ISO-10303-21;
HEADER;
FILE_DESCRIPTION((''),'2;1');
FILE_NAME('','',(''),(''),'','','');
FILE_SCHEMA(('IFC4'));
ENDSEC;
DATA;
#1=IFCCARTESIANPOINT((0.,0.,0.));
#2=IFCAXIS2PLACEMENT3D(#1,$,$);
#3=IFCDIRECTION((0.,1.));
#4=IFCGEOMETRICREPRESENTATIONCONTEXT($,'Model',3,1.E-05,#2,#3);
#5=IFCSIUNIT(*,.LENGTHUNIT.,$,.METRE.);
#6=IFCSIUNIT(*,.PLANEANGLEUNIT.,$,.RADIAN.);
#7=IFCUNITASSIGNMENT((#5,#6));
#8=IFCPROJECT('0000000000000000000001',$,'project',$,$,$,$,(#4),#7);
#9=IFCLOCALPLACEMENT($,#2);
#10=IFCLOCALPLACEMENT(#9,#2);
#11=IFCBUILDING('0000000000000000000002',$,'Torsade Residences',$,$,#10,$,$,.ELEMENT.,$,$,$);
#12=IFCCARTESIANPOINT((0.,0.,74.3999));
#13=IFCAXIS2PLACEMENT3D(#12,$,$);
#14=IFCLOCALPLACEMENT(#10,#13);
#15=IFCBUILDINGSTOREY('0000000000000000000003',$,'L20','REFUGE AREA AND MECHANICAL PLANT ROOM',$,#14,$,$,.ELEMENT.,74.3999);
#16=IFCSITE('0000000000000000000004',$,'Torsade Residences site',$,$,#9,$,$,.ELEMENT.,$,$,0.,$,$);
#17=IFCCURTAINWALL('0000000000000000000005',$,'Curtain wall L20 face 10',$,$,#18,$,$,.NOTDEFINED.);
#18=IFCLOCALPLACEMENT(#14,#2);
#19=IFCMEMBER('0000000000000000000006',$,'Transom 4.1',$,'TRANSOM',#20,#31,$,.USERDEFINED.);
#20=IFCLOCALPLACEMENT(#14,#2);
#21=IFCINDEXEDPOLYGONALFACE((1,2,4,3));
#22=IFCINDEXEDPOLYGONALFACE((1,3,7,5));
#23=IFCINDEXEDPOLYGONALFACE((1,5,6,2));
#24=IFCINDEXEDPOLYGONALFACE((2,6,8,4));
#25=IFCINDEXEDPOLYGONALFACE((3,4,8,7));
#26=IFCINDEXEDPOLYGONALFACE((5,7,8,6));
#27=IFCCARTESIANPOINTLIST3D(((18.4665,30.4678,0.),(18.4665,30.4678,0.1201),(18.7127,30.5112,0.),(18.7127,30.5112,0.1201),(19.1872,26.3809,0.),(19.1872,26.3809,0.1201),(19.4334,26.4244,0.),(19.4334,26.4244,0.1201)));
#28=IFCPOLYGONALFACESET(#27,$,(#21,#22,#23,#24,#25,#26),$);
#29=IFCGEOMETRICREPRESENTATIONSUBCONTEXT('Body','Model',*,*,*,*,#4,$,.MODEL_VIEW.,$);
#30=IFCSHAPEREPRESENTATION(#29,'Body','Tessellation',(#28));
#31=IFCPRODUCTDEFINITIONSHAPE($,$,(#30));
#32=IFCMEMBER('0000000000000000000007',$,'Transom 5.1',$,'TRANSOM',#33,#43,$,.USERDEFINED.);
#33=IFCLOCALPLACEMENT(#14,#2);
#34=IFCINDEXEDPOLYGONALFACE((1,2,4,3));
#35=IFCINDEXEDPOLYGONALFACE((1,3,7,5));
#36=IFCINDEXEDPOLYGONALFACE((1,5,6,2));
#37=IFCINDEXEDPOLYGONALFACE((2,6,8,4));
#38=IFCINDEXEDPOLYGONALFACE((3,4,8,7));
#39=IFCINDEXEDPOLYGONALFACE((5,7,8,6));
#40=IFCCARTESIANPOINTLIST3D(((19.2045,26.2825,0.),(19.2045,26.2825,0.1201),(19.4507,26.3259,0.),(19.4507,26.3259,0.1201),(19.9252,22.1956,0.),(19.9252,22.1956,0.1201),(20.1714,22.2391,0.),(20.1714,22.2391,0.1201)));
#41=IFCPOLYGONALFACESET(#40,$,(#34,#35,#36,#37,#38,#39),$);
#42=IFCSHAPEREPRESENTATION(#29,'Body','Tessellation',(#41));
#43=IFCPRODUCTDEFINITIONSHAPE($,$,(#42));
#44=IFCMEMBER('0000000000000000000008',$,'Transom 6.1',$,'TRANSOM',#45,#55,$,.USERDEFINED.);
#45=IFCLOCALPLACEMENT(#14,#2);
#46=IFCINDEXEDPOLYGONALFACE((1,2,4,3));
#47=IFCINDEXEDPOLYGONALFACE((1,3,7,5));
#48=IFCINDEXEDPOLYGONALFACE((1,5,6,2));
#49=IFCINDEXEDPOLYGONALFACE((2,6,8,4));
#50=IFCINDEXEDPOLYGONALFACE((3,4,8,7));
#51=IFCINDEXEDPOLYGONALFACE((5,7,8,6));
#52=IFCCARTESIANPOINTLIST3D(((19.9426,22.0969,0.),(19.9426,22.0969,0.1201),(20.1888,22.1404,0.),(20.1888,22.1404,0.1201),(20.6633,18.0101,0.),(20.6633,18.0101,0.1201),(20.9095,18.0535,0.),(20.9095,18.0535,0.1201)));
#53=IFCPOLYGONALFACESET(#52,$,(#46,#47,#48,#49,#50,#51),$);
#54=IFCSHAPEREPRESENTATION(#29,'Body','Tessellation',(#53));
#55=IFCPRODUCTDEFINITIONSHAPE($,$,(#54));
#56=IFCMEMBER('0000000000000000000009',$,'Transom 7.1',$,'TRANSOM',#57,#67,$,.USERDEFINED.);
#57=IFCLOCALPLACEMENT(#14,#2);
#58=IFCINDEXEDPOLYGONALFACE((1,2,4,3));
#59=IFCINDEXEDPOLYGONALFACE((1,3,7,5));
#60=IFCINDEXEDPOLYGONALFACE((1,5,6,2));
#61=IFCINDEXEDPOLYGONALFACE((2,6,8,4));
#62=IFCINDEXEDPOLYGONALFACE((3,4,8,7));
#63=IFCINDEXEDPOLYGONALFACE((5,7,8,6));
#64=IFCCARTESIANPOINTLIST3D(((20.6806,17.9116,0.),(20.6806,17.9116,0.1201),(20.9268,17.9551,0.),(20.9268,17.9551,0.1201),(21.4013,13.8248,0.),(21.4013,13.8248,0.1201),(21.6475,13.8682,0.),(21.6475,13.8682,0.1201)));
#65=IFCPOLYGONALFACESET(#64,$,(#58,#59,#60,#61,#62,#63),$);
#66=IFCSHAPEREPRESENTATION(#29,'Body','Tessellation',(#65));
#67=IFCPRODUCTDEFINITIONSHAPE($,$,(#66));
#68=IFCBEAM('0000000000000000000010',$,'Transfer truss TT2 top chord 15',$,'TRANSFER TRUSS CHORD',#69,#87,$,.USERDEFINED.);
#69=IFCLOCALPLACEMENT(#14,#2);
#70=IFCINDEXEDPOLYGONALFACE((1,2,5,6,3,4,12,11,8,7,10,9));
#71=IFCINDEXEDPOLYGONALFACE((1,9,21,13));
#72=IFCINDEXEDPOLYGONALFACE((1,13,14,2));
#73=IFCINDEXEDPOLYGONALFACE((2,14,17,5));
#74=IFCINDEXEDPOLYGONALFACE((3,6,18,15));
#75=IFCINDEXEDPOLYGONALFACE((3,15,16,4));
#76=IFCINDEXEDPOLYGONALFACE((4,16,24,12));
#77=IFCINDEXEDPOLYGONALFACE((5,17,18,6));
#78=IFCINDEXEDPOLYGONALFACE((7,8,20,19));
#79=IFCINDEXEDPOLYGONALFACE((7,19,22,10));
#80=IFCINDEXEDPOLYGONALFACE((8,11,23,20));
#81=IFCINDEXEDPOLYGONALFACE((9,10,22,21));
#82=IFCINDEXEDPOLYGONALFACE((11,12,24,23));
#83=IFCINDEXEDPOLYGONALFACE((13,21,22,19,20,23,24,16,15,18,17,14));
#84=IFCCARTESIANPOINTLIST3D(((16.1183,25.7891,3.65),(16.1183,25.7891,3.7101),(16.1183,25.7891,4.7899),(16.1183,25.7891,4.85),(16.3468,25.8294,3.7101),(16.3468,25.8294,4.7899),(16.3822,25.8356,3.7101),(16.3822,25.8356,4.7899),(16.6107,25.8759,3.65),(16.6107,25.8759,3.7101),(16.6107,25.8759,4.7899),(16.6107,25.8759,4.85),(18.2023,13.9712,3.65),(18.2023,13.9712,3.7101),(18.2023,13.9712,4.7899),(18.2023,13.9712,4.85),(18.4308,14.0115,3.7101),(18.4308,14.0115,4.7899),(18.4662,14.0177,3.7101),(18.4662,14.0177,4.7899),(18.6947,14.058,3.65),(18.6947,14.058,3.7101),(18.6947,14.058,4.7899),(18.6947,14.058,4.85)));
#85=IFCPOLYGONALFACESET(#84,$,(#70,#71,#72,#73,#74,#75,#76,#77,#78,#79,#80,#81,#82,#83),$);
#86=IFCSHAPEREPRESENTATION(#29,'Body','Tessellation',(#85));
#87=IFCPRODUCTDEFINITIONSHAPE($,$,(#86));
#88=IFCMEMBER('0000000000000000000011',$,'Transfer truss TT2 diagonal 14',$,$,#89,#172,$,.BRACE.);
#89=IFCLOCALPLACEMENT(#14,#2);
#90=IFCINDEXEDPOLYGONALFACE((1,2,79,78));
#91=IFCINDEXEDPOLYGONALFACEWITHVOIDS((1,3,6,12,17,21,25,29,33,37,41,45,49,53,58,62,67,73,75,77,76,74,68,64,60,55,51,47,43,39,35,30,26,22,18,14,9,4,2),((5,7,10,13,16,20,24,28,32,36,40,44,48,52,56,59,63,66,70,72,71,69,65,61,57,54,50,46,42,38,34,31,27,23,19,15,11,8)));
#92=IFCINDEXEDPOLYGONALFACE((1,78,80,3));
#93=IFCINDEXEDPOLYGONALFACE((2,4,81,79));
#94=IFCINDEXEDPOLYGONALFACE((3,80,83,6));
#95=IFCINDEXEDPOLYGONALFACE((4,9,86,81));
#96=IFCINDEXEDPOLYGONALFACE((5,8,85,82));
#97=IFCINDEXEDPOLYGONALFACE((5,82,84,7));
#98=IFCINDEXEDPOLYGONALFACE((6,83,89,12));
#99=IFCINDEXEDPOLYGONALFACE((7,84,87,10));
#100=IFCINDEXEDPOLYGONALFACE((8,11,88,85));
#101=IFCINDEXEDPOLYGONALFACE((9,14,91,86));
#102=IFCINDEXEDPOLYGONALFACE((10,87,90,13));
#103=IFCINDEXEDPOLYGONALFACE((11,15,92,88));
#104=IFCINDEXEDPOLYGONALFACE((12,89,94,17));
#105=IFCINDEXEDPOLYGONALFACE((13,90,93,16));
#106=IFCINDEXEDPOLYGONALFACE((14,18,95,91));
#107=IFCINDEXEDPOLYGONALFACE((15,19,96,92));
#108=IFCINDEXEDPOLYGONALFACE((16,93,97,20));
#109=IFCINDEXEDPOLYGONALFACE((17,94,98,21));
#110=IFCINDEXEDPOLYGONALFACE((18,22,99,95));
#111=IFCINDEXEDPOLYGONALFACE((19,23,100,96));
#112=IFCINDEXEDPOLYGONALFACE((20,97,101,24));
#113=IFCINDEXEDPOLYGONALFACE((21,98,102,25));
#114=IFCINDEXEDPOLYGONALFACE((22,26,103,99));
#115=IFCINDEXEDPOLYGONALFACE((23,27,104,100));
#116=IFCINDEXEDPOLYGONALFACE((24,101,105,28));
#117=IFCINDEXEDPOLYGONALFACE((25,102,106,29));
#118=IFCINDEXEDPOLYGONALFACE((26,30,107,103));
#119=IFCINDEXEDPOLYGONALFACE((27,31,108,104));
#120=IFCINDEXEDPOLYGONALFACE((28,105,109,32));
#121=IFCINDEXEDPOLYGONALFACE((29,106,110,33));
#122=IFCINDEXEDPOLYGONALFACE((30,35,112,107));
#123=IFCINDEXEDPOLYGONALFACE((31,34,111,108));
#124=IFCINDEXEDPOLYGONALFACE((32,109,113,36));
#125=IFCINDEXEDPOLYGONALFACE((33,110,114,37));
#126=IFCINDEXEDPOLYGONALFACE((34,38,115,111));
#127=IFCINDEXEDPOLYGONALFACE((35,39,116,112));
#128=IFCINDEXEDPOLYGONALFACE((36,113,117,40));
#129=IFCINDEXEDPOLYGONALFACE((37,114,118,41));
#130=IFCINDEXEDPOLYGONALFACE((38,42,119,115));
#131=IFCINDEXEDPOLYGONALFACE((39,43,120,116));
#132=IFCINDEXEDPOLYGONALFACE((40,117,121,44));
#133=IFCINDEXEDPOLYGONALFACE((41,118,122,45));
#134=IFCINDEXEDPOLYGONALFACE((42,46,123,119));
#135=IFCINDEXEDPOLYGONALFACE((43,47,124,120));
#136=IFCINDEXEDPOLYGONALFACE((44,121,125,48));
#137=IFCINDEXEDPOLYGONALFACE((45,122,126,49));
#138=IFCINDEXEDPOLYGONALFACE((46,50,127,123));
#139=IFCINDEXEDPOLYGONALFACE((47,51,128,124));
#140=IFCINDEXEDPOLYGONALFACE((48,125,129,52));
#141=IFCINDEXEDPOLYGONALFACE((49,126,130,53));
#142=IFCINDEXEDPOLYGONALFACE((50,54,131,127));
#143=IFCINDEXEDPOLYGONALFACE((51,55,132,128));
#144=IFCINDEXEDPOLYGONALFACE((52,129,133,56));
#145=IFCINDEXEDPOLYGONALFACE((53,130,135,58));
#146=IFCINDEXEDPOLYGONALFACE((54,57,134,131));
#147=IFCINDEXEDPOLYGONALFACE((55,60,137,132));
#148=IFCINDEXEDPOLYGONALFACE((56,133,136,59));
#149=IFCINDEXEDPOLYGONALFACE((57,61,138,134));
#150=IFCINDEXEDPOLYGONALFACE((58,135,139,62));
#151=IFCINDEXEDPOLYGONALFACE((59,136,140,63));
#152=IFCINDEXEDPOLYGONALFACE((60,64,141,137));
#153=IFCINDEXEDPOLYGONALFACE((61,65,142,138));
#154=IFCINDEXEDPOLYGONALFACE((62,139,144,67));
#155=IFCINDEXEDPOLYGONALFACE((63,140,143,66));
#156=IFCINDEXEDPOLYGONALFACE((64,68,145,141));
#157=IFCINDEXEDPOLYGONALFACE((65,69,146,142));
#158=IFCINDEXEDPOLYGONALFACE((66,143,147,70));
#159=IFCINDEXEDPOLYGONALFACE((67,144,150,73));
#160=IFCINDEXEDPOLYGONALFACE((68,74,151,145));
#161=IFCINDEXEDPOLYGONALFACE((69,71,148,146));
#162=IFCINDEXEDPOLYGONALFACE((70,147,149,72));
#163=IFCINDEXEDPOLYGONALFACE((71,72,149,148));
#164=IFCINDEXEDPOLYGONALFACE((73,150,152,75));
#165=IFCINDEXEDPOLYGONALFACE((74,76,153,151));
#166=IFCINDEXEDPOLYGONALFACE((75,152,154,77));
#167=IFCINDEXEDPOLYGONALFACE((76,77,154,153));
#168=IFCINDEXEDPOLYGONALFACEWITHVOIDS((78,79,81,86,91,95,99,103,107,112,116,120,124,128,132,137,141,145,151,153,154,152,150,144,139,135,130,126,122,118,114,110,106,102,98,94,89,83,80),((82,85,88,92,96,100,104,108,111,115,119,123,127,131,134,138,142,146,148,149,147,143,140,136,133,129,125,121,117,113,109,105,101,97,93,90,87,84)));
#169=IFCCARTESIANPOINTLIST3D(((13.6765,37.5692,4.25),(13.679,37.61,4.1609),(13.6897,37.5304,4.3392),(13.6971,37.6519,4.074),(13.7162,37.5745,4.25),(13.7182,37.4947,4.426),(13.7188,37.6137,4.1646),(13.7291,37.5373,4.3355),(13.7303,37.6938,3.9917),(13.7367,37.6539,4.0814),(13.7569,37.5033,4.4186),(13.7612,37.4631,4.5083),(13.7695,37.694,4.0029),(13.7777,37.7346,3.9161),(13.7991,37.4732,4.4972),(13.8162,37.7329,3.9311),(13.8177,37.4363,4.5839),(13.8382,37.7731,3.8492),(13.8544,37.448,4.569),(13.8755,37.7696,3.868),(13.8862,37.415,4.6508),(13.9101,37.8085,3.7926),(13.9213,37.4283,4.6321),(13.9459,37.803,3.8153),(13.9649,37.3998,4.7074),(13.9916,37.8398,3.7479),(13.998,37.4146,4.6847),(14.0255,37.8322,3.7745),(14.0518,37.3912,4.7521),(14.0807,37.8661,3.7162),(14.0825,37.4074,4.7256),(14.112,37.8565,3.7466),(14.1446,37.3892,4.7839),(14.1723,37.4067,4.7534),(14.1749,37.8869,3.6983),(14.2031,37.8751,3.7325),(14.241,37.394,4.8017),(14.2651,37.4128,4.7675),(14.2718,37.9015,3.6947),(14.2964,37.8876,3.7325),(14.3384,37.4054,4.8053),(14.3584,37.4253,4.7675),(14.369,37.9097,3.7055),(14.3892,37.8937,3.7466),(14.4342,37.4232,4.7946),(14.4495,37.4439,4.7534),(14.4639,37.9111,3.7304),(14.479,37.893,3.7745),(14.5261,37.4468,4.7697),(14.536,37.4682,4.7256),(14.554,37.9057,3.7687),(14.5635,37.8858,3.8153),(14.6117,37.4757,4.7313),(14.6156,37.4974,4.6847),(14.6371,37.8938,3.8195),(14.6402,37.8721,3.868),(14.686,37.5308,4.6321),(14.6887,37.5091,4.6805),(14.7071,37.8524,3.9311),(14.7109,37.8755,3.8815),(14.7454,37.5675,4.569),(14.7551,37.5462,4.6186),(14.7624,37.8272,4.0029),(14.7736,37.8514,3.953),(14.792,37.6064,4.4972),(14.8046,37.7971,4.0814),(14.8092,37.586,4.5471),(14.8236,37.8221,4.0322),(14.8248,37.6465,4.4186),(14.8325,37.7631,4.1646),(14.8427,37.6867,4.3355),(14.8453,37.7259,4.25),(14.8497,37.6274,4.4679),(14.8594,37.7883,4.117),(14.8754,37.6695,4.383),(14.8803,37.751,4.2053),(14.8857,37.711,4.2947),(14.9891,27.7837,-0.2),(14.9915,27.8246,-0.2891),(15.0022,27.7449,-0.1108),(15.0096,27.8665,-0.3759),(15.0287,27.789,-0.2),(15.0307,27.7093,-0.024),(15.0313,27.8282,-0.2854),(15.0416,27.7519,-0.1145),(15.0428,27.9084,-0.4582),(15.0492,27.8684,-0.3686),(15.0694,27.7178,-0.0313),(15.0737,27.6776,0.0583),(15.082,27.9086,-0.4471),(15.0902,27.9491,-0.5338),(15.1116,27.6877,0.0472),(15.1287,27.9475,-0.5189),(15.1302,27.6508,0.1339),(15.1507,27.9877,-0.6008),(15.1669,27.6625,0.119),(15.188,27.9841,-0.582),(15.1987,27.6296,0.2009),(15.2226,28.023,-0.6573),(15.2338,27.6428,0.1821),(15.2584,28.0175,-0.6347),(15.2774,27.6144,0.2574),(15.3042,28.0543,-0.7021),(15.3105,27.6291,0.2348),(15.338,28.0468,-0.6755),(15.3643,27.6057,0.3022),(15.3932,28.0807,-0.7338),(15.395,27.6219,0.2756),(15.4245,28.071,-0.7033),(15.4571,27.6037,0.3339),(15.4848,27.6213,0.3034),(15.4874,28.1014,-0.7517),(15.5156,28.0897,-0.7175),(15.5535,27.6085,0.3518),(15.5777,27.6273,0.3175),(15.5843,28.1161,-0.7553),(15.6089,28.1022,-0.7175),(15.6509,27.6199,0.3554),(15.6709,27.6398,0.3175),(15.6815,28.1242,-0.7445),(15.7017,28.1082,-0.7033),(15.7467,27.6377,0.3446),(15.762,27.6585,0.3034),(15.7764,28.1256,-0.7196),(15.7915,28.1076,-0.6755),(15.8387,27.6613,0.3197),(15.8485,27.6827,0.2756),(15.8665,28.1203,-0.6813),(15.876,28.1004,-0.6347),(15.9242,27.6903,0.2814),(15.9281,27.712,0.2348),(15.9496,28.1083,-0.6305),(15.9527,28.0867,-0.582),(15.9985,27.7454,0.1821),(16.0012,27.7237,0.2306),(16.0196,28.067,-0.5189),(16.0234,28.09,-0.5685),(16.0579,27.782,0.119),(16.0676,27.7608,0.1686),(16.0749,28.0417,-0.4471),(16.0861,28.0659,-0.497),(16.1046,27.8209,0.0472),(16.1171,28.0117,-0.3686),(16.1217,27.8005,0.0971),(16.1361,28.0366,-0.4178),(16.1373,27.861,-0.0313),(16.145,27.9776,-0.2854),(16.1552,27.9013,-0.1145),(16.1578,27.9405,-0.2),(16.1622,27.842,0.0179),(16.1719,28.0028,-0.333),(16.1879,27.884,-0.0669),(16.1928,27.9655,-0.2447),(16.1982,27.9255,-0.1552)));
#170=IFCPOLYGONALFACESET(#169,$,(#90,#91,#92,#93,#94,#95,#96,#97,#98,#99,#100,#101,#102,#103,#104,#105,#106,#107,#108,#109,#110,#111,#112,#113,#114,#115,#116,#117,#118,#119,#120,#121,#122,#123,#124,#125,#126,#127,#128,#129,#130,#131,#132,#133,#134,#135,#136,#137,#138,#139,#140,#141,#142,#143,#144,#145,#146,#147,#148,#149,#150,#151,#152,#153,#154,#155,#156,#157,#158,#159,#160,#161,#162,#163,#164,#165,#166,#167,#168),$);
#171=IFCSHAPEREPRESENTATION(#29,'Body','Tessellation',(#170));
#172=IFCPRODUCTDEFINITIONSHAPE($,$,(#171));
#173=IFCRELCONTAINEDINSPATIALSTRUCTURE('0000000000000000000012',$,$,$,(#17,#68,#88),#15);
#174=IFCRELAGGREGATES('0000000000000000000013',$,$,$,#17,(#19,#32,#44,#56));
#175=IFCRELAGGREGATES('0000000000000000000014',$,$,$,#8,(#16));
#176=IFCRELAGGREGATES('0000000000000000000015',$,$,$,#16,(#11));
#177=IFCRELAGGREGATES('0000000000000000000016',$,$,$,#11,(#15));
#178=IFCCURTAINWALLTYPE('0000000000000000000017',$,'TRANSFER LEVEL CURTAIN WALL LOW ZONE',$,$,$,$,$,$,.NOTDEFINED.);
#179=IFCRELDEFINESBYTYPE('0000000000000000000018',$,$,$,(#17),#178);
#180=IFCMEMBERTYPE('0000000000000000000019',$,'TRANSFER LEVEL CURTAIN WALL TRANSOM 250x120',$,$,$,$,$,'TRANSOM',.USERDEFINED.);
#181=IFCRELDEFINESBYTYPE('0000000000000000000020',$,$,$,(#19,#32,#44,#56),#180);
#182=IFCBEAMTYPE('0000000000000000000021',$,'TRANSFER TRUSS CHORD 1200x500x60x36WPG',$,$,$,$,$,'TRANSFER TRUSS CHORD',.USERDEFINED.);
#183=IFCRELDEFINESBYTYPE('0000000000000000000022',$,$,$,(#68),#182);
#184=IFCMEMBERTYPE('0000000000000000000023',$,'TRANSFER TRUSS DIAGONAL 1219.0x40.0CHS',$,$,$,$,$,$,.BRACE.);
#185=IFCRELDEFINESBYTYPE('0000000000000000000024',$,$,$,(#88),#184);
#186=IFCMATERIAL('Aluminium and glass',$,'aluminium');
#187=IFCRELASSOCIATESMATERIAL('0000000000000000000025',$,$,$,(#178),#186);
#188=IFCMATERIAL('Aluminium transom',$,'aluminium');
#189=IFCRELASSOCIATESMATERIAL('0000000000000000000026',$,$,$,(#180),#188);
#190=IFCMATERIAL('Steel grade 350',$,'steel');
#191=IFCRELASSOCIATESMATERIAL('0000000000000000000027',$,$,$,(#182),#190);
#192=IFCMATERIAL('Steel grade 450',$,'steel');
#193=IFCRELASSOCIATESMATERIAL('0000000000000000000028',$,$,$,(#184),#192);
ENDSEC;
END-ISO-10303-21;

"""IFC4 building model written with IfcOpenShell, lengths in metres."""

from ifc_helpers import new_model, si_unit, direction, frame, origin, origin_2d, place, context, subcontext, project, spatial, rectangle, hollow_circle, i_section, extrude, material, material_profile, profile_set, type_object, element, aggregate, save


model = new_model("IFC4")

# Units and contexts
model_context = context("Model", 3, precision=1e-05, world=origin(), true_north=direction((0.0, 1.0)))
body_context = subcontext(model_context, "Body", "Model", "MODEL_VIEW")
ifc_project = project(units=[si_unit("LENGTHUNIT", "METRE"), si_unit("PLANEANGLEUNIT", "RADIAN")], contexts=[model_context])

# Site, building, storey
site_placement = place(None, origin())
site = spatial("IfcSite", under=ifc_project, at=site_placement, Name="Torsade Residences site", CompositionType="ELEMENT", RefElevation=0.0)
building_placement = place(site_placement, origin())
building = spatial("IfcBuilding", under=site, at=building_placement, Name="Torsade Residences", CompositionType="ELEMENT")
storey_placement = place(building_placement, frame((0.0, 0.0, 74.3999)))
storey = spatial("IfcBuildingStorey", under=building, at=storey_placement, Name="L20", Description="REFUGE AREA AND MECHANICAL PLANT ROOM", CompositionType="ELEMENT", Elevation=74.3999)

# Curtain wall, members
ifc_material_1 = material(Name="Aluminium and glass", Category="aluminium")
curtain_wall_type = type_object("IfcCurtainWallType", Name="TRANSFER LEVEL CURTAIN WALL LOW ZONE", PredefinedType="NOTDEFINED", material=ifc_material_1)
curtain_wall_placement = place(storey_placement, origin())
curtain_wall = element("IfcCurtainWall", 1, at=curtain_wall_placement, inside=storey, type_object=curtain_wall_type, Name="Curtain wall L20 face 10", PredefinedType="NOTDEFINED")
ifc_material_2 = material(Name="Aluminium transom", Category="aluminium")
ifc_material_profile_1 = material_profile(ifc_material_2, rectangle(XDim=0.25, YDim=0.1201, at=origin_2d()), Name="TRANSFER LEVEL CURTAIN WALL TRANSOM 250x120")
ifc_profile_set_1 = profile_set([ifc_material_profile_1], Name="Aluminium transom")
member_type_1 = type_object("IfcMemberType", Name="TRANSFER LEVEL CURTAIN WALL TRANSOM 250x120", ElementType="TRANSOM", PredefinedType="USERDEFINED", material=ifc_profile_set_1)
member_1_placement = place(storey_placement, frame((18.5896, 30.4895, 0.0601), z_axis=(0.173665, -0.984805, 0.0), x_axis=(0.984805, 0.173665, 0.0)))
member_1 = element("IfcMember", 2, at=member_1_placement, type_object=member_type_1, Name="Transom 4.1", ObjectType="TRANSOM", PredefinedType="USERDEFINED", context=body_context, shape_type="SweptSolid", body=[
    extrude(rectangle(XDim=0.25, YDim=0.1201, at=origin_2d()), origin(), (0.0, 0.0, 1.0), 4.1499),
])
member_2_placement = place(storey_placement, frame((19.3276, 26.3042, 0.0601), z_axis=(0.173665, -0.984805, 0.0), x_axis=(0.984805, 0.173665, 0.0)))
member_2 = element("IfcMember", 3, at=member_2_placement, type_object=member_type_1, Name="Transom 5.1", ObjectType="TRANSOM", PredefinedType="USERDEFINED", context=body_context, shape_type="SweptSolid", body=[
    extrude(rectangle(XDim=0.25, YDim=0.1201, at=origin_2d()), origin(), (0.0, 0.0, 1.0), 4.1499),
])
member_3_placement = place(storey_placement, frame((20.0657, 22.1187, 0.0601), z_axis=(0.173665, -0.984805, 0.0), x_axis=(0.984805, 0.173665, 0.0)))
member_3 = element("IfcMember", 4, at=member_3_placement, type_object=member_type_1, Name="Transom 6.1", ObjectType="TRANSOM", PredefinedType="USERDEFINED", context=body_context, shape_type="SweptSolid", body=[
    extrude(rectangle(XDim=0.25, YDim=0.1201, at=origin_2d()), origin(), (0.0, 0.0, 1.0), 4.1499),
])
member_4_placement = place(storey_placement, frame((20.8037, 17.9333, 0.0601), z_axis=(0.173665, -0.984805, 0.0), x_axis=(0.984805, 0.173665, 0.0)))
member_4 = element("IfcMember", 5, at=member_4_placement, type_object=member_type_1, Name="Transom 7.1", ObjectType="TRANSOM", PredefinedType="USERDEFINED", context=body_context, shape_type="SweptSolid", body=[
    extrude(rectangle(XDim=0.25, YDim=0.1201, at=origin_2d()), origin(), (0.0, 0.0, 1.0), 4.1499),
])

# Beam
ifc_material_3 = material(Name="Steel grade 350", Category="steel")
ifc_material_profile_2 = material_profile(ifc_material_3, i_section(OverallWidth=0.5, OverallDepth=1.2, WebThickness=0.0359, FlangeThickness=0.0601, at=origin_2d()), Name="1200x500x60x36WPG")
ifc_profile_set_2 = profile_set([ifc_material_profile_2], Name="Steel grade 350")
beam_type_1 = type_object("IfcBeamType", Name="TRANSFER TRUSS CHORD 1200x500x60x36WPG", ElementType="TRANSFER TRUSS CHORD", PredefinedType="USERDEFINED", material=ifc_profile_set_2)
beam_1_placement = place(storey_placement, frame((16.3645, 25.8325, 4.25), z_axis=(0.173662, -0.984805, 0.0), x_axis=(0.984805, 0.173662, 0.0)))
element("IfcBeam", 6, at=beam_1_placement, inside=storey, type_object=beam_type_1, Name="Transfer truss TT2 top chord 15", ObjectType="TRANSFER TRUSS CHORD", PredefinedType="USERDEFINED", context=body_context, shape_type="SweptSolid", body=[
    extrude(i_section(OverallWidth=0.5, OverallDepth=1.2, WebThickness=0.0359, FlangeThickness=0.0601, at=origin_2d()), origin(), (0.0, 0.0, 1.0), 12.0002),
])

# Member
ifc_material_4 = material(Name="Steel grade 450", Category="steel")
ifc_material_profile_3 = material_profile(ifc_material_4, hollow_circle(Radius=0.6096, WallThickness=0.04, at=origin_2d()), Name="1219.0x40.0CHS")
ifc_profile_set_3 = profile_set([ifc_material_profile_3], Name="Steel grade 450")
member_type_2 = type_object("IfcMemberType", Name="TRANSFER TRUSS DIAGONAL 1219.0x40.0CHS", PredefinedType="BRACE", material=ifc_profile_set_3)
member_5_placement = place(storey_placement, frame((15.5933, 27.8647, -0.2), z_axis=(-0.121196, 0.903585, 0.410909), x_axis=(-0.991124, -0.132938, 0.0)))
element("IfcMember", 7, at=member_5_placement, inside=storey, type_object=member_type_2, Name="Transfer truss TT2 diagonal 14", PredefinedType="BRACE", context=body_context, shape_type="SweptSolid", body=[
    extrude(hollow_circle(Radius=0.6096, WallThickness=0.04, at=origin_2d()), origin(), (0.0, 0.0, 1.0), 10.8296),
])

aggregate(curtain_wall, [member_1, member_2, member_3, member_4])

save(model, "model.ifc")
